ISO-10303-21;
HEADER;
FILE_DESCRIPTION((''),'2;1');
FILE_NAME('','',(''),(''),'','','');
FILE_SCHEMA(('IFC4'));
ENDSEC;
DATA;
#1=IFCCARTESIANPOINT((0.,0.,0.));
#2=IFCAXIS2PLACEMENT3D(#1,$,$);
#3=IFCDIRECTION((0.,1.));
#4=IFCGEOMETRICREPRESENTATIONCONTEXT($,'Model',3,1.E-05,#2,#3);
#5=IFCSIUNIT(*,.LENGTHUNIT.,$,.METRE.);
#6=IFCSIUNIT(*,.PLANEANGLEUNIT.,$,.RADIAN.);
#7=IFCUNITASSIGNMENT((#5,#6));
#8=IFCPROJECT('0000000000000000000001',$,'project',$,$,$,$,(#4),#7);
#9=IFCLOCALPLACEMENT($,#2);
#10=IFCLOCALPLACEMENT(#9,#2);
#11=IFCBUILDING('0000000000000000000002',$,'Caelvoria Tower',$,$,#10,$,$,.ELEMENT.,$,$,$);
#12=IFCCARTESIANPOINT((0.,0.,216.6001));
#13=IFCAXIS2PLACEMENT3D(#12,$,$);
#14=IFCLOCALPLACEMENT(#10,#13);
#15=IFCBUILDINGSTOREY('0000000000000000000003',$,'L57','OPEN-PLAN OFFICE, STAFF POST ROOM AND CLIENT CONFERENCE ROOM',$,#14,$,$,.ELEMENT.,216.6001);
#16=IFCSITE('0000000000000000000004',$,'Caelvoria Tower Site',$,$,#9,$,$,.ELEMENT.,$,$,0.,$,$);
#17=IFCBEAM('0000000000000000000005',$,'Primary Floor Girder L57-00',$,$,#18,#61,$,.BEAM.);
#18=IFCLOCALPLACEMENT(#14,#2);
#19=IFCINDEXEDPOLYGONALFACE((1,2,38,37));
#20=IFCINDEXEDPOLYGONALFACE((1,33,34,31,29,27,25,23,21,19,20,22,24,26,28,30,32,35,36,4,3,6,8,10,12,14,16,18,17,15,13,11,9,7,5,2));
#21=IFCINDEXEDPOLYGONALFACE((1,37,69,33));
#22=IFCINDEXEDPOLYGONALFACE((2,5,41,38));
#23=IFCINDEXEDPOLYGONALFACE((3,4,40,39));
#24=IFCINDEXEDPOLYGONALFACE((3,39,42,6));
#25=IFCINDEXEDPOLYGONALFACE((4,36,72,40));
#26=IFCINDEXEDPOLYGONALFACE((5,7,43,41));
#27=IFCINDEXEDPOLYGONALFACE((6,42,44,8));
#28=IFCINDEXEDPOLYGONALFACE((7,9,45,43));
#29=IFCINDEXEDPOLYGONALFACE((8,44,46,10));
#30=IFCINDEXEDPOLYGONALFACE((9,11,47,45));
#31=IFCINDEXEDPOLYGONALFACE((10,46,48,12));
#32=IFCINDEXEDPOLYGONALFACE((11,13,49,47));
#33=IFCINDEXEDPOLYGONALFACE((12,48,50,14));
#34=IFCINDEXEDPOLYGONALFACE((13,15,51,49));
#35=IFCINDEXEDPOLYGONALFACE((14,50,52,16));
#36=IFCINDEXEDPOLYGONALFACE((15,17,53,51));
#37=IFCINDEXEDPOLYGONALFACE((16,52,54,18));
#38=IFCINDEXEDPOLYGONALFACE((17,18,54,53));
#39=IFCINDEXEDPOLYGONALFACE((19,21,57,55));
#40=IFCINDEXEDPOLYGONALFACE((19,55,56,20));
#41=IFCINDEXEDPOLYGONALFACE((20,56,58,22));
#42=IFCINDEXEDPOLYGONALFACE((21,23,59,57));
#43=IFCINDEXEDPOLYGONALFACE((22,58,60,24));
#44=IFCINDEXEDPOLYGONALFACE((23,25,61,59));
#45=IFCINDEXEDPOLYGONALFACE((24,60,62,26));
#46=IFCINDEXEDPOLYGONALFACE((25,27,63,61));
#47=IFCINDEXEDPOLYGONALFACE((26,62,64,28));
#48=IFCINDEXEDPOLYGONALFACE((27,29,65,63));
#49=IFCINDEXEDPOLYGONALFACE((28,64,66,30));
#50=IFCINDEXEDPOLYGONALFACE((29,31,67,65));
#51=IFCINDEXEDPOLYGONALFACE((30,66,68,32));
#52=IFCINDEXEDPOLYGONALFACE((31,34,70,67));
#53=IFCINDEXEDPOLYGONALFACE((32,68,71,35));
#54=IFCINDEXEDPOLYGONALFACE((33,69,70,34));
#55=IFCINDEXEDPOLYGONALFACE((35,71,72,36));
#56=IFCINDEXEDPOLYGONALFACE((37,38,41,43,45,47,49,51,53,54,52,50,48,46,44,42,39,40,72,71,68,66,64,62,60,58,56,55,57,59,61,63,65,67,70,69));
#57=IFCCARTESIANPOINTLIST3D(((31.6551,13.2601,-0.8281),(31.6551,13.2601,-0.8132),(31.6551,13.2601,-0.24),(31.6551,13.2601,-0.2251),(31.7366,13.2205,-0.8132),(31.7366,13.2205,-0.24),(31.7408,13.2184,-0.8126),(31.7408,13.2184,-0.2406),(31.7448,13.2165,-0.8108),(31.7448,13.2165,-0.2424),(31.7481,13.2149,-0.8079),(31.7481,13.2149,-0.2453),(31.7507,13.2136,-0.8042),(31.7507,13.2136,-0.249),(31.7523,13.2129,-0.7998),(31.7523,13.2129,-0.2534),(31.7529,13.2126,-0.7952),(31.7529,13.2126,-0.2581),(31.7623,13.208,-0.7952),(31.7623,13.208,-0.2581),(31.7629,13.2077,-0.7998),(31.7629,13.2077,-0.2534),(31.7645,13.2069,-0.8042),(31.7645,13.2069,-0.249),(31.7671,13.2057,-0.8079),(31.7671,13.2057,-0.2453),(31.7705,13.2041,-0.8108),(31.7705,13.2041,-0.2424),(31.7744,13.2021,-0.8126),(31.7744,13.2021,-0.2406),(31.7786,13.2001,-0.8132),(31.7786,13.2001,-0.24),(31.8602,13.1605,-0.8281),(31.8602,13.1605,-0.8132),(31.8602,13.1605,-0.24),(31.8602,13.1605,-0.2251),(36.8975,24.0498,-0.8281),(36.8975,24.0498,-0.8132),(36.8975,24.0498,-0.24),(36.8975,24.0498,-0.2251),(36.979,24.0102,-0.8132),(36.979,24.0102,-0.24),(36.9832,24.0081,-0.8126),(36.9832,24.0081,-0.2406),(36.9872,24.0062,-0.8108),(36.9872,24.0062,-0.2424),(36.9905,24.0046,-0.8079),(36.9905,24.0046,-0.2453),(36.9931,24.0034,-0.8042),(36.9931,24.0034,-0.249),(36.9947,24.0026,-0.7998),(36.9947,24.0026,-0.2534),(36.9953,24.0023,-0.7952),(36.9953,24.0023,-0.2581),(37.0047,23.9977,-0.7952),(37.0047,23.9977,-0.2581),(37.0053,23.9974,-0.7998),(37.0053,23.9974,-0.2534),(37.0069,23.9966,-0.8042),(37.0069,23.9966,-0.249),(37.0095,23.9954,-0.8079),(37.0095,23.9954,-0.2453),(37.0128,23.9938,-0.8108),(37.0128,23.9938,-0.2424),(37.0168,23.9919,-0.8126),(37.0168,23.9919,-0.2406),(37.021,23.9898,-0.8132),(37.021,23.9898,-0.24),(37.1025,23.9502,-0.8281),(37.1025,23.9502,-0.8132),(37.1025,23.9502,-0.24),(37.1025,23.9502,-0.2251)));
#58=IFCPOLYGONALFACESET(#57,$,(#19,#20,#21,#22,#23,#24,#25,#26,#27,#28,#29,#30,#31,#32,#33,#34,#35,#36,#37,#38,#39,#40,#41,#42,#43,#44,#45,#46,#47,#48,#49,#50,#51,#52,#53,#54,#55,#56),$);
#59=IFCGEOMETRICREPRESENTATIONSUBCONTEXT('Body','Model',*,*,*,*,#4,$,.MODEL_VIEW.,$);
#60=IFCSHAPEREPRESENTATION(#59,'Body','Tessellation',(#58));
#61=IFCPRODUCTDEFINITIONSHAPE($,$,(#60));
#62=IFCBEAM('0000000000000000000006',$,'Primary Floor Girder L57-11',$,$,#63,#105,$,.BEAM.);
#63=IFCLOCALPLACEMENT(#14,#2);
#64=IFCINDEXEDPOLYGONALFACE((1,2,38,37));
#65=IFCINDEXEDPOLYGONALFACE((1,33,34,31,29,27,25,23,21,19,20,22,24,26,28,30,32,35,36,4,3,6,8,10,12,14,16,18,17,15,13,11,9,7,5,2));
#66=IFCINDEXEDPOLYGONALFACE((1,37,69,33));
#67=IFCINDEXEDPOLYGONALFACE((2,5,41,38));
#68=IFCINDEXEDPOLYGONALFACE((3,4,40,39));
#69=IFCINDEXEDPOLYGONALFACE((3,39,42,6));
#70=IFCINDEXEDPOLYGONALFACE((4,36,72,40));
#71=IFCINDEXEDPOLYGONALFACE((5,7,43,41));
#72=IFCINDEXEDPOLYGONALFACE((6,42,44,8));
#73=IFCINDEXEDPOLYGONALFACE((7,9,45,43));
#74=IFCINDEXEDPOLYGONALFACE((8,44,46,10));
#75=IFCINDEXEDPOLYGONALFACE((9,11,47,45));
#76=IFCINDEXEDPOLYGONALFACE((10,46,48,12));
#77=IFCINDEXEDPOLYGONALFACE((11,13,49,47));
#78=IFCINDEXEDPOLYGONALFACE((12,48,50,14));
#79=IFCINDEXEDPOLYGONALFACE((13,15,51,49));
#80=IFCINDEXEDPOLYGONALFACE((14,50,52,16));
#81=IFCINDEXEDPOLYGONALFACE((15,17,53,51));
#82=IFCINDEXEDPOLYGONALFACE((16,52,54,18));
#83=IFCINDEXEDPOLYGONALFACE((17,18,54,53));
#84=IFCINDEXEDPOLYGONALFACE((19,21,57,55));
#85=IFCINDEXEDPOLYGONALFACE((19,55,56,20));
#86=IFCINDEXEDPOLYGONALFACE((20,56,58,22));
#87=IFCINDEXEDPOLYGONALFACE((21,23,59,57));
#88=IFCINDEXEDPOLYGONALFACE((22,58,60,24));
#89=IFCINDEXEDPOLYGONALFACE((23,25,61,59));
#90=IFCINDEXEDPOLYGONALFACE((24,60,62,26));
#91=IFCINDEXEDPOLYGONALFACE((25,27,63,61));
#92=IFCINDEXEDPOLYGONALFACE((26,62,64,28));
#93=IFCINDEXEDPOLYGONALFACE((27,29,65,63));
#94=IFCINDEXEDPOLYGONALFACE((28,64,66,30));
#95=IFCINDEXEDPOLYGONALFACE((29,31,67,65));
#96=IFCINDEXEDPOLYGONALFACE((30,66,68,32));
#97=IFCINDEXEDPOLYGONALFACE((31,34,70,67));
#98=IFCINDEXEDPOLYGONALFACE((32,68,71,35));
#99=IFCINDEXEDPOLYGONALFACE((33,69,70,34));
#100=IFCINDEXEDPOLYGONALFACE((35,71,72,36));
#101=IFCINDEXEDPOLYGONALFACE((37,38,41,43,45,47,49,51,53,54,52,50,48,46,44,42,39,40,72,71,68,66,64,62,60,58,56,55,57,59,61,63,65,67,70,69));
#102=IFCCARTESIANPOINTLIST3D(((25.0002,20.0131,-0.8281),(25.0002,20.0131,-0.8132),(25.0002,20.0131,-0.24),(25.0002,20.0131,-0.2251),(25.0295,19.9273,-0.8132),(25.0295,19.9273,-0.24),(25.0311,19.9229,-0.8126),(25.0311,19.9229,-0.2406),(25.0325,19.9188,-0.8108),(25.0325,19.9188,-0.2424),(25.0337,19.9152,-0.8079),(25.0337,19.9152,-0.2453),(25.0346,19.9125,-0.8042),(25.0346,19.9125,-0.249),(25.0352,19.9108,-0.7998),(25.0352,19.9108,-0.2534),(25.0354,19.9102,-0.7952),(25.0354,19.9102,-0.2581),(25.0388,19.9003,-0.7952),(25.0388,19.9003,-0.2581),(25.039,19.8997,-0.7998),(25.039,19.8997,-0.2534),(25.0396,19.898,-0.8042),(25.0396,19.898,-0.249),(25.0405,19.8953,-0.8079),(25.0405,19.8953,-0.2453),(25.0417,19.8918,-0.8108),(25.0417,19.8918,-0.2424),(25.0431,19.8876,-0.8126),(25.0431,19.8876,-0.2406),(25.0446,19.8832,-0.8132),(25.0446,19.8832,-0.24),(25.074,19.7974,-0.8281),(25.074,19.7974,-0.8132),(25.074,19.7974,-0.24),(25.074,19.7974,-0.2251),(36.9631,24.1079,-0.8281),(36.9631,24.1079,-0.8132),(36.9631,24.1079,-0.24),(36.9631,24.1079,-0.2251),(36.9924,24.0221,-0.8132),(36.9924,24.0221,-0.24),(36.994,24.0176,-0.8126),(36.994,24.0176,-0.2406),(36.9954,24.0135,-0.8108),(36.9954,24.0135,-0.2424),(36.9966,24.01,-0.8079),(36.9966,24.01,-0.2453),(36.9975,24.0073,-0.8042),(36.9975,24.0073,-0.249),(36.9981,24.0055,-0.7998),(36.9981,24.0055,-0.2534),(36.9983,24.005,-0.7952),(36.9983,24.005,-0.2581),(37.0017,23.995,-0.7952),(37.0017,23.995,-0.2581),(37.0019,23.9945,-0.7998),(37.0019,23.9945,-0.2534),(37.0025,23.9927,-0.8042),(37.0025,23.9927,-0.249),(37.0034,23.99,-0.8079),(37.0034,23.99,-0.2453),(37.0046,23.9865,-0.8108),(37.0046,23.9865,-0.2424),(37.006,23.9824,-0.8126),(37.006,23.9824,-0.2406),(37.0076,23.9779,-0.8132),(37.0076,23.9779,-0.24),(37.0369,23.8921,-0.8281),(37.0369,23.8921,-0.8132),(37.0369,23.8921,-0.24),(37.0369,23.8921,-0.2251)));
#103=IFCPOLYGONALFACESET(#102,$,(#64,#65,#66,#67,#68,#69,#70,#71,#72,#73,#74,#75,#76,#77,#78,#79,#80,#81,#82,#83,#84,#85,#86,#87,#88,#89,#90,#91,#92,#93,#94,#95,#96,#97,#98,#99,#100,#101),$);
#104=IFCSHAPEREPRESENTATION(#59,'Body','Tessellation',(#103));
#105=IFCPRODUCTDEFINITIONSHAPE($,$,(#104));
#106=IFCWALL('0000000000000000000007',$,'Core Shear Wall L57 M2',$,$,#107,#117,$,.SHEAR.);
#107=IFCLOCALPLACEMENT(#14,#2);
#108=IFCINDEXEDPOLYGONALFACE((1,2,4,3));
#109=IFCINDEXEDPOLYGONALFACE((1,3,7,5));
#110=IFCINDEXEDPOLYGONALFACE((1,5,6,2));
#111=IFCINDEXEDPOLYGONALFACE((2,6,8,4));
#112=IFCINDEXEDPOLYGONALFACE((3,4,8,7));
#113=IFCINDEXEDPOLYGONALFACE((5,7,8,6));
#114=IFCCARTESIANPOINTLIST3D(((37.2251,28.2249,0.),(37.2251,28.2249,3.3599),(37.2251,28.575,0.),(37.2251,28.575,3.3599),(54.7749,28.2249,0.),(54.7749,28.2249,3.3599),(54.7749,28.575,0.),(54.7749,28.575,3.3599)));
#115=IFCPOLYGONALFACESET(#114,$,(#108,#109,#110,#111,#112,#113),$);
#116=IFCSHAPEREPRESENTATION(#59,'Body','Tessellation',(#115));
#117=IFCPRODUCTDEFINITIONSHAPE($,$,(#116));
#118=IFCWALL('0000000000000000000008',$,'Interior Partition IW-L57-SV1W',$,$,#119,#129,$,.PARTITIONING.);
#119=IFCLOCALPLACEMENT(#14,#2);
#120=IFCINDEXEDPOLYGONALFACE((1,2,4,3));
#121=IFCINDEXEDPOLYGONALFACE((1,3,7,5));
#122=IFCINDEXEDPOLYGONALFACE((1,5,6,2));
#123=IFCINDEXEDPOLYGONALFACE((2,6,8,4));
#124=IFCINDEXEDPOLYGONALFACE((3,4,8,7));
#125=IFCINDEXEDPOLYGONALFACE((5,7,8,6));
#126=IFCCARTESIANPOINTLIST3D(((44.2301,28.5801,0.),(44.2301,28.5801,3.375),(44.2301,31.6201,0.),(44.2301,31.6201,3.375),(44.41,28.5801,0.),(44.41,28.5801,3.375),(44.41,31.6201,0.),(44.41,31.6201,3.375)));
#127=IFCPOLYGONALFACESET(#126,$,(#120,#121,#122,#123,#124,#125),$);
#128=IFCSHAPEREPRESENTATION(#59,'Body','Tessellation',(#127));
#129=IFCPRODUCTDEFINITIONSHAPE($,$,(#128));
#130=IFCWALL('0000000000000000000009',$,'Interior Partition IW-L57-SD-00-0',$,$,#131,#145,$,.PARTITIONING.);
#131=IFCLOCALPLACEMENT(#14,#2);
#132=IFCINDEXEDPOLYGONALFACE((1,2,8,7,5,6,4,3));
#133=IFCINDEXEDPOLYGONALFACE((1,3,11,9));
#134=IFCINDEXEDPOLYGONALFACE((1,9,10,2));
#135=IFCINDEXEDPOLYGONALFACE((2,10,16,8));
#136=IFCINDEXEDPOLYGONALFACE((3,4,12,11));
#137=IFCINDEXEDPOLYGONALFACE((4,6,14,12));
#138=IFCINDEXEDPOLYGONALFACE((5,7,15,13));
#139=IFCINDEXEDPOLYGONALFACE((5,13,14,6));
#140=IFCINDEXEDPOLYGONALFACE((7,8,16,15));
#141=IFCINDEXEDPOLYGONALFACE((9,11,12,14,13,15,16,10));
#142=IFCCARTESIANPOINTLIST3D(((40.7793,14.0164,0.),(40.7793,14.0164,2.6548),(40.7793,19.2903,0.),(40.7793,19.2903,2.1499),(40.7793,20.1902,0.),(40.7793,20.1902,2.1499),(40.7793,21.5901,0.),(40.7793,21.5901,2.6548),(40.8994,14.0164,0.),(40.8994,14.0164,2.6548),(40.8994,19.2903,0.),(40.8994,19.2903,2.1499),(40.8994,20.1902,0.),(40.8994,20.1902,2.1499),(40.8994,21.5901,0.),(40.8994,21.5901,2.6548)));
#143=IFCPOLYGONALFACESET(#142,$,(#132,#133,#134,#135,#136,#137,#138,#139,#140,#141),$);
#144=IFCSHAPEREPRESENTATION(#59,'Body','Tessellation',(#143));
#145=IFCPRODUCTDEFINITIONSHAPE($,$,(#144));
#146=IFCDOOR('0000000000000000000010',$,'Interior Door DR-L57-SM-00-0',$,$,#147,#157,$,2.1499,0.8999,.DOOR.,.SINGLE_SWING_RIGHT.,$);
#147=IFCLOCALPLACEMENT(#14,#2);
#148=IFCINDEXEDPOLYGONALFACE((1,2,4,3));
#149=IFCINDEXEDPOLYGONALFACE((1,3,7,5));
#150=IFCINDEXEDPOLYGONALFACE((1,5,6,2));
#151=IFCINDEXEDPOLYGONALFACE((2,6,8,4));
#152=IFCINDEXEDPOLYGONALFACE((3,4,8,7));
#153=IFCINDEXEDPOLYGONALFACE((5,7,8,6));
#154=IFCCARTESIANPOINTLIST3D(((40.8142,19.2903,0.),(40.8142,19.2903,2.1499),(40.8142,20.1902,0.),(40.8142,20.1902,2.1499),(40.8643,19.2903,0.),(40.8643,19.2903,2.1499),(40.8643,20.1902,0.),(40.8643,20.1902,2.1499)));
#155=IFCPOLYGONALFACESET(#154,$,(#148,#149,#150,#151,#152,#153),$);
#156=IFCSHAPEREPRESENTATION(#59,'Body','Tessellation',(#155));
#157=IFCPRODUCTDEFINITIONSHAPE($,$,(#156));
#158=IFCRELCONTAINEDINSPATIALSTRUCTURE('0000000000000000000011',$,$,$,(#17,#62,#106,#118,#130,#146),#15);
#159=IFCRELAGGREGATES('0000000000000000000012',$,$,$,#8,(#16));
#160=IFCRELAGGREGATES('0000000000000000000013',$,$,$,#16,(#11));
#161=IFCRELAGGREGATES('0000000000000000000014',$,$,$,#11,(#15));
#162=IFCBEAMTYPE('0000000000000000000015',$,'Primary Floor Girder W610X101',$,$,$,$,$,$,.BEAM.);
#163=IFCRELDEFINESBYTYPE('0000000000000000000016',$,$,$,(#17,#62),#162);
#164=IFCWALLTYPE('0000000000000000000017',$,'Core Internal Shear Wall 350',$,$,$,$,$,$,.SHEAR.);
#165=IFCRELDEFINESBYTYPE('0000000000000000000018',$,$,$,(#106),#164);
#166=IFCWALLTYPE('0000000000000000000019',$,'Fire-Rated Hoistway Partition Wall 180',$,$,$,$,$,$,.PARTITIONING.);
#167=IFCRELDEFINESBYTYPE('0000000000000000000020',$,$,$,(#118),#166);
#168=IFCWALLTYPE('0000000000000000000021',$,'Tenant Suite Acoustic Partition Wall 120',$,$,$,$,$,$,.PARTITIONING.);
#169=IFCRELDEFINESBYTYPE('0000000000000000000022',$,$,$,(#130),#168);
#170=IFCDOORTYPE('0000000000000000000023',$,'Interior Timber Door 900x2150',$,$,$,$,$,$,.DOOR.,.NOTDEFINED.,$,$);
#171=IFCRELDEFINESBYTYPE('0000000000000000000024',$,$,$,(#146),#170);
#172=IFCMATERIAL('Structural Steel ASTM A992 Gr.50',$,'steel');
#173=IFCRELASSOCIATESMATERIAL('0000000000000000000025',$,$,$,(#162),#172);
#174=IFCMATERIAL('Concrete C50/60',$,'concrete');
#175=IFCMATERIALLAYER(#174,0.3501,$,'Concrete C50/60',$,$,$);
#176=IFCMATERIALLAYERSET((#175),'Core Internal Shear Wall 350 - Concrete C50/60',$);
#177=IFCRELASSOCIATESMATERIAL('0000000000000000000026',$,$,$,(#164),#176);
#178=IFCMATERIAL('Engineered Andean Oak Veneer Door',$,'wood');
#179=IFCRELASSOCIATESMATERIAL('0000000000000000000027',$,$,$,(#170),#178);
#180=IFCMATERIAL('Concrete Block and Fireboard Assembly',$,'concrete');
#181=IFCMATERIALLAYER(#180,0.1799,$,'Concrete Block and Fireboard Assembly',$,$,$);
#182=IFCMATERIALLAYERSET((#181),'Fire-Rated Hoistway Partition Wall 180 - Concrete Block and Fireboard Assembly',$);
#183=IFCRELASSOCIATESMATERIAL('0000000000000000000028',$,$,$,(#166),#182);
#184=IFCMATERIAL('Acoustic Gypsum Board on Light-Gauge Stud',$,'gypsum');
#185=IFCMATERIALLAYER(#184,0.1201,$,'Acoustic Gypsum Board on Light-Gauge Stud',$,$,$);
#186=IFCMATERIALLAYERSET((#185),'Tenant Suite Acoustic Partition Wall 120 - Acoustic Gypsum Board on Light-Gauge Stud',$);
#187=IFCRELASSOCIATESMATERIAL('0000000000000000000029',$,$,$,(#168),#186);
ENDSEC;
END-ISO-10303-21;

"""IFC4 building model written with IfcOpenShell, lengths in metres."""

from ifc_helpers import new_model, si_unit, direction, frame, frame_2d, origin, origin_2d, place, context, subcontext, project, spatial, rectangle, i_section, extrude, material, layer, layer_set, material_profile, profile_set, type_object, element, fill, save


model = new_model("IFC4")

# Units and contexts
model_context = context("Model", 3, precision=1e-05, world=origin(), true_north=direction((0.0, 1.0)))
body_context = subcontext(model_context, "Body", "Model", "MODEL_VIEW")
ifc_project = project(units=[si_unit("LENGTHUNIT", "METRE"), si_unit("PLANEANGLEUNIT", "RADIAN")], contexts=[model_context])

# Site, building, storey
site_placement = place(None, origin())
site = spatial("IfcSite", under=ifc_project, at=site_placement, Name="Caelvoria Tower Site", CompositionType="ELEMENT", RefElevation=0.0)
building_placement = place(site_placement, origin())
building = spatial("IfcBuilding", under=site, at=building_placement, Name="Caelvoria Tower", CompositionType="ELEMENT")
storey_placement = place(building_placement, frame((0.0, 0.0, 216.6001)))
storey = spatial("IfcBuildingStorey", under=building, at=storey_placement, Name="L57", Description="OPEN-PLAN OFFICE, STAFF POST ROOM AND CLIENT CONFERENCE ROOM", CompositionType="ELEMENT", Elevation=216.6001)

# Beams
ifc_material_1 = material(Name="Structural Steel ASTM A992 Gr.50", Category="steel")
ifc_material_profile = material_profile(ifc_material_1, i_section(OverallWidth=0.228, OverallDepth=0.603, WebThickness=0.0105, FlangeThickness=0.0149, FilletRadius=0.0181, at=origin_2d()), Name="Structural Steel ASTM A992 Gr.50")
ifc_profile_set = profile_set([ifc_material_profile], Name="W610X101 - Structural Steel ASTM A992 Gr.50")
beam_type = type_object("IfcBeamType", Name="Primary Floor Girder W610X101", PredefinedType="BEAM", material=ifc_profile_set)
beam_1_placement = place(storey_placement, frame((37.0, 24.0, -0.5266), z_axis=(-0.437017, -0.899453, 0.0), x_axis=(0.899453, -0.437017, 0.0)))
element("IfcBeam", 1, at=beam_1_placement, inside=storey, type_object=beam_type, Name="Primary Floor Girder L57-00", PredefinedType="BEAM", context=body_context, shape_type="SweptSolid", body=[
    extrude(i_section(OverallWidth=0.228, OverallDepth=0.603, WebThickness=0.0105, FlangeThickness=0.0149, FilletRadius=0.0181, at=origin_2d()), origin(), (0.0, 0.0, 1.0), 11.9958),
])
beam_2_placement = place(storey_placement, frame((37.0, 24.0, -0.5266), z_axis=(-0.946112, -0.323841, 0.0), x_axis=(0.323841, -0.946112, 0.0)))
element("IfcBeam", 2, at=beam_2_placement, inside=storey, type_object=beam_type, Name="Primary Floor Girder L57-11", PredefinedType="BEAM", context=body_context, shape_type="SweptSolid", body=[
    extrude(i_section(OverallWidth=0.228, OverallDepth=0.603, WebThickness=0.0105, FlangeThickness=0.0149, FilletRadius=0.0181, at=origin_2d()), origin(), (0.0, 0.0, 1.0), 12.6443),
])

# Shared definitions
ifc_material_2 = material(Name="Concrete C50/60", Category="concrete")
ifc_layer_1 = layer(ifc_material_2, 0.3501, Name="Concrete C50/60")
ifc_layer_set_1 = layer_set([ifc_layer_1], Name="Core Internal Shear Wall 350 - Concrete C50/60")
wall_type_1 = type_object("IfcWallType", Name="Core Internal Shear Wall 350", PredefinedType="SHEAR", material=ifc_layer_set_1)

# Wall
wall_1_placement = place(storey_placement, frame((37.2251, 28.3999, 0.0), z_axis=(0.0, 0.0, 1.0), x_axis=(1.0, 0.0, 0.0)))
element("IfcWall", 3, at=wall_1_placement, inside=storey, type_object=wall_type_1, Name="Core Shear Wall L57 M2", PredefinedType="SHEAR", context=body_context, shape_type="SweptSolid", body=[
    extrude(rectangle(XDim=17.5498, YDim=0.3501, at=frame_2d((8.7749, 0.0))), origin(), (0.0, 0.0, 1.0), 3.3599),
])

# Shared definitions
ifc_material_3 = material(Name="Engineered Andean Oak Veneer Door", Category="wood")
door_type_1 = type_object("IfcDoorType", Name="Interior Timber Door 900x2150", OperationType="NOTDEFINED", PredefinedType="DOOR", material=ifc_material_3)

# Wall
ifc_material_4 = material(Name="Concrete Block and Fireboard Assembly", Category="concrete")
ifc_layer_2 = layer(ifc_material_4, 0.1799, Name="Concrete Block and Fireboard Assembly")
ifc_layer_set_2 = layer_set([ifc_layer_2], Name="Fire-Rated Hoistway Partition Wall 180 - Concrete Block and Fireboard Assembly")
wall_type_2 = type_object("IfcWallType", Name="Fire-Rated Hoistway Partition Wall 180", PredefinedType="PARTITIONING", material=ifc_layer_set_2)
wall_2_placement = place(storey_placement, frame((44.3201, 28.5801, 0.0), z_axis=(0.0, 0.0, 1.0), x_axis=(0.0, 1.0, 0.0)))
element("IfcWall", 4, at=wall_2_placement, inside=storey, type_object=wall_type_2, Name="Interior Partition IW-L57-SV1W", PredefinedType="PARTITIONING", context=body_context, shape_type="SweptSolid", body=[
    extrude(rectangle(XDim=3.04, YDim=0.1799, at=frame_2d((1.52, 0.0))), origin(), (0.0, 0.0, 1.0), 3.375),
])

# Wall, opening, door
ifc_material_5 = material(Name="Acoustic Gypsum Board on Light-Gauge Stud", Category="gypsum")
ifc_layer_3 = layer(ifc_material_5, 0.1201, Name="Acoustic Gypsum Board on Light-Gauge Stud")
ifc_layer_set_3 = layer_set([ifc_layer_3], Name="Tenant Suite Acoustic Partition Wall 120 - Acoustic Gypsum Board on Light-Gauge Stud")
wall_type_3 = type_object("IfcWallType", Name="Tenant Suite Acoustic Partition Wall 120", PredefinedType="PARTITIONING", material=ifc_layer_set_3)
wall_3_placement = place(storey_placement, frame((40.8394, 21.5901, 0.0), z_axis=(0.0, 0.0, 1.0), x_axis=(0.0, -1.0, 0.0)))
wall_3 = element("IfcWall", 5, at=wall_3_placement, inside=storey, type_object=wall_type_3, Name="Interior Partition IW-L57-SD-00-0", PredefinedType="PARTITIONING", context=body_context, shape_type="SweptSolid", body=[
    extrude(rectangle(XDim=7.5737, YDim=0.1201, at=frame_2d((3.7869, 0.0))), origin(), (0.0, 0.0, 1.0), 2.6548),
])
opening_1_placement = place(wall_3_placement, frame((1.3999, 0.0, 0.0)))
opening_1 = element("IfcOpeningElement", 6, at=opening_1_placement, cuts=wall_3, PredefinedType="OPENING", context=body_context, shape_type="SweptSolid", body=[
    extrude(rectangle(XDim=0.8999, YDim=2.1499, at=frame_2d((0.45, 1.075))), frame((0.0, 0.0701, 0.0), z_axis=(0.0, -1.0, 0.0), x_axis=(1.0, 0.0, 0.0)), (0.0, 0.0, 1.0), 0.1401),
])
door_1_placement = place(opening_1_placement, origin())
door_1 = element("IfcDoor", 7, at=door_1_placement, inside=storey, type_object=door_type_1, Name="Interior Door DR-L57-SM-00-0", OperationType="SINGLE_SWING_RIGHT", OverallHeight=2.1499, OverallWidth=0.8999, PredefinedType="DOOR", context=body_context, shape_type="SweptSolid", body=[
    extrude(rectangle(XDim=0.8999, YDim=2.1499, at=frame_2d((0.45, 1.075))), frame((0.0, 0.0249, 0.0), z_axis=(0.0, -1.0, 0.0), x_axis=(1.0, 0.0, 0.0)), (0.0, 0.0, 1.0), 0.05),
])
fill(opening_1, door_1)

save(model, "model.ifc")
